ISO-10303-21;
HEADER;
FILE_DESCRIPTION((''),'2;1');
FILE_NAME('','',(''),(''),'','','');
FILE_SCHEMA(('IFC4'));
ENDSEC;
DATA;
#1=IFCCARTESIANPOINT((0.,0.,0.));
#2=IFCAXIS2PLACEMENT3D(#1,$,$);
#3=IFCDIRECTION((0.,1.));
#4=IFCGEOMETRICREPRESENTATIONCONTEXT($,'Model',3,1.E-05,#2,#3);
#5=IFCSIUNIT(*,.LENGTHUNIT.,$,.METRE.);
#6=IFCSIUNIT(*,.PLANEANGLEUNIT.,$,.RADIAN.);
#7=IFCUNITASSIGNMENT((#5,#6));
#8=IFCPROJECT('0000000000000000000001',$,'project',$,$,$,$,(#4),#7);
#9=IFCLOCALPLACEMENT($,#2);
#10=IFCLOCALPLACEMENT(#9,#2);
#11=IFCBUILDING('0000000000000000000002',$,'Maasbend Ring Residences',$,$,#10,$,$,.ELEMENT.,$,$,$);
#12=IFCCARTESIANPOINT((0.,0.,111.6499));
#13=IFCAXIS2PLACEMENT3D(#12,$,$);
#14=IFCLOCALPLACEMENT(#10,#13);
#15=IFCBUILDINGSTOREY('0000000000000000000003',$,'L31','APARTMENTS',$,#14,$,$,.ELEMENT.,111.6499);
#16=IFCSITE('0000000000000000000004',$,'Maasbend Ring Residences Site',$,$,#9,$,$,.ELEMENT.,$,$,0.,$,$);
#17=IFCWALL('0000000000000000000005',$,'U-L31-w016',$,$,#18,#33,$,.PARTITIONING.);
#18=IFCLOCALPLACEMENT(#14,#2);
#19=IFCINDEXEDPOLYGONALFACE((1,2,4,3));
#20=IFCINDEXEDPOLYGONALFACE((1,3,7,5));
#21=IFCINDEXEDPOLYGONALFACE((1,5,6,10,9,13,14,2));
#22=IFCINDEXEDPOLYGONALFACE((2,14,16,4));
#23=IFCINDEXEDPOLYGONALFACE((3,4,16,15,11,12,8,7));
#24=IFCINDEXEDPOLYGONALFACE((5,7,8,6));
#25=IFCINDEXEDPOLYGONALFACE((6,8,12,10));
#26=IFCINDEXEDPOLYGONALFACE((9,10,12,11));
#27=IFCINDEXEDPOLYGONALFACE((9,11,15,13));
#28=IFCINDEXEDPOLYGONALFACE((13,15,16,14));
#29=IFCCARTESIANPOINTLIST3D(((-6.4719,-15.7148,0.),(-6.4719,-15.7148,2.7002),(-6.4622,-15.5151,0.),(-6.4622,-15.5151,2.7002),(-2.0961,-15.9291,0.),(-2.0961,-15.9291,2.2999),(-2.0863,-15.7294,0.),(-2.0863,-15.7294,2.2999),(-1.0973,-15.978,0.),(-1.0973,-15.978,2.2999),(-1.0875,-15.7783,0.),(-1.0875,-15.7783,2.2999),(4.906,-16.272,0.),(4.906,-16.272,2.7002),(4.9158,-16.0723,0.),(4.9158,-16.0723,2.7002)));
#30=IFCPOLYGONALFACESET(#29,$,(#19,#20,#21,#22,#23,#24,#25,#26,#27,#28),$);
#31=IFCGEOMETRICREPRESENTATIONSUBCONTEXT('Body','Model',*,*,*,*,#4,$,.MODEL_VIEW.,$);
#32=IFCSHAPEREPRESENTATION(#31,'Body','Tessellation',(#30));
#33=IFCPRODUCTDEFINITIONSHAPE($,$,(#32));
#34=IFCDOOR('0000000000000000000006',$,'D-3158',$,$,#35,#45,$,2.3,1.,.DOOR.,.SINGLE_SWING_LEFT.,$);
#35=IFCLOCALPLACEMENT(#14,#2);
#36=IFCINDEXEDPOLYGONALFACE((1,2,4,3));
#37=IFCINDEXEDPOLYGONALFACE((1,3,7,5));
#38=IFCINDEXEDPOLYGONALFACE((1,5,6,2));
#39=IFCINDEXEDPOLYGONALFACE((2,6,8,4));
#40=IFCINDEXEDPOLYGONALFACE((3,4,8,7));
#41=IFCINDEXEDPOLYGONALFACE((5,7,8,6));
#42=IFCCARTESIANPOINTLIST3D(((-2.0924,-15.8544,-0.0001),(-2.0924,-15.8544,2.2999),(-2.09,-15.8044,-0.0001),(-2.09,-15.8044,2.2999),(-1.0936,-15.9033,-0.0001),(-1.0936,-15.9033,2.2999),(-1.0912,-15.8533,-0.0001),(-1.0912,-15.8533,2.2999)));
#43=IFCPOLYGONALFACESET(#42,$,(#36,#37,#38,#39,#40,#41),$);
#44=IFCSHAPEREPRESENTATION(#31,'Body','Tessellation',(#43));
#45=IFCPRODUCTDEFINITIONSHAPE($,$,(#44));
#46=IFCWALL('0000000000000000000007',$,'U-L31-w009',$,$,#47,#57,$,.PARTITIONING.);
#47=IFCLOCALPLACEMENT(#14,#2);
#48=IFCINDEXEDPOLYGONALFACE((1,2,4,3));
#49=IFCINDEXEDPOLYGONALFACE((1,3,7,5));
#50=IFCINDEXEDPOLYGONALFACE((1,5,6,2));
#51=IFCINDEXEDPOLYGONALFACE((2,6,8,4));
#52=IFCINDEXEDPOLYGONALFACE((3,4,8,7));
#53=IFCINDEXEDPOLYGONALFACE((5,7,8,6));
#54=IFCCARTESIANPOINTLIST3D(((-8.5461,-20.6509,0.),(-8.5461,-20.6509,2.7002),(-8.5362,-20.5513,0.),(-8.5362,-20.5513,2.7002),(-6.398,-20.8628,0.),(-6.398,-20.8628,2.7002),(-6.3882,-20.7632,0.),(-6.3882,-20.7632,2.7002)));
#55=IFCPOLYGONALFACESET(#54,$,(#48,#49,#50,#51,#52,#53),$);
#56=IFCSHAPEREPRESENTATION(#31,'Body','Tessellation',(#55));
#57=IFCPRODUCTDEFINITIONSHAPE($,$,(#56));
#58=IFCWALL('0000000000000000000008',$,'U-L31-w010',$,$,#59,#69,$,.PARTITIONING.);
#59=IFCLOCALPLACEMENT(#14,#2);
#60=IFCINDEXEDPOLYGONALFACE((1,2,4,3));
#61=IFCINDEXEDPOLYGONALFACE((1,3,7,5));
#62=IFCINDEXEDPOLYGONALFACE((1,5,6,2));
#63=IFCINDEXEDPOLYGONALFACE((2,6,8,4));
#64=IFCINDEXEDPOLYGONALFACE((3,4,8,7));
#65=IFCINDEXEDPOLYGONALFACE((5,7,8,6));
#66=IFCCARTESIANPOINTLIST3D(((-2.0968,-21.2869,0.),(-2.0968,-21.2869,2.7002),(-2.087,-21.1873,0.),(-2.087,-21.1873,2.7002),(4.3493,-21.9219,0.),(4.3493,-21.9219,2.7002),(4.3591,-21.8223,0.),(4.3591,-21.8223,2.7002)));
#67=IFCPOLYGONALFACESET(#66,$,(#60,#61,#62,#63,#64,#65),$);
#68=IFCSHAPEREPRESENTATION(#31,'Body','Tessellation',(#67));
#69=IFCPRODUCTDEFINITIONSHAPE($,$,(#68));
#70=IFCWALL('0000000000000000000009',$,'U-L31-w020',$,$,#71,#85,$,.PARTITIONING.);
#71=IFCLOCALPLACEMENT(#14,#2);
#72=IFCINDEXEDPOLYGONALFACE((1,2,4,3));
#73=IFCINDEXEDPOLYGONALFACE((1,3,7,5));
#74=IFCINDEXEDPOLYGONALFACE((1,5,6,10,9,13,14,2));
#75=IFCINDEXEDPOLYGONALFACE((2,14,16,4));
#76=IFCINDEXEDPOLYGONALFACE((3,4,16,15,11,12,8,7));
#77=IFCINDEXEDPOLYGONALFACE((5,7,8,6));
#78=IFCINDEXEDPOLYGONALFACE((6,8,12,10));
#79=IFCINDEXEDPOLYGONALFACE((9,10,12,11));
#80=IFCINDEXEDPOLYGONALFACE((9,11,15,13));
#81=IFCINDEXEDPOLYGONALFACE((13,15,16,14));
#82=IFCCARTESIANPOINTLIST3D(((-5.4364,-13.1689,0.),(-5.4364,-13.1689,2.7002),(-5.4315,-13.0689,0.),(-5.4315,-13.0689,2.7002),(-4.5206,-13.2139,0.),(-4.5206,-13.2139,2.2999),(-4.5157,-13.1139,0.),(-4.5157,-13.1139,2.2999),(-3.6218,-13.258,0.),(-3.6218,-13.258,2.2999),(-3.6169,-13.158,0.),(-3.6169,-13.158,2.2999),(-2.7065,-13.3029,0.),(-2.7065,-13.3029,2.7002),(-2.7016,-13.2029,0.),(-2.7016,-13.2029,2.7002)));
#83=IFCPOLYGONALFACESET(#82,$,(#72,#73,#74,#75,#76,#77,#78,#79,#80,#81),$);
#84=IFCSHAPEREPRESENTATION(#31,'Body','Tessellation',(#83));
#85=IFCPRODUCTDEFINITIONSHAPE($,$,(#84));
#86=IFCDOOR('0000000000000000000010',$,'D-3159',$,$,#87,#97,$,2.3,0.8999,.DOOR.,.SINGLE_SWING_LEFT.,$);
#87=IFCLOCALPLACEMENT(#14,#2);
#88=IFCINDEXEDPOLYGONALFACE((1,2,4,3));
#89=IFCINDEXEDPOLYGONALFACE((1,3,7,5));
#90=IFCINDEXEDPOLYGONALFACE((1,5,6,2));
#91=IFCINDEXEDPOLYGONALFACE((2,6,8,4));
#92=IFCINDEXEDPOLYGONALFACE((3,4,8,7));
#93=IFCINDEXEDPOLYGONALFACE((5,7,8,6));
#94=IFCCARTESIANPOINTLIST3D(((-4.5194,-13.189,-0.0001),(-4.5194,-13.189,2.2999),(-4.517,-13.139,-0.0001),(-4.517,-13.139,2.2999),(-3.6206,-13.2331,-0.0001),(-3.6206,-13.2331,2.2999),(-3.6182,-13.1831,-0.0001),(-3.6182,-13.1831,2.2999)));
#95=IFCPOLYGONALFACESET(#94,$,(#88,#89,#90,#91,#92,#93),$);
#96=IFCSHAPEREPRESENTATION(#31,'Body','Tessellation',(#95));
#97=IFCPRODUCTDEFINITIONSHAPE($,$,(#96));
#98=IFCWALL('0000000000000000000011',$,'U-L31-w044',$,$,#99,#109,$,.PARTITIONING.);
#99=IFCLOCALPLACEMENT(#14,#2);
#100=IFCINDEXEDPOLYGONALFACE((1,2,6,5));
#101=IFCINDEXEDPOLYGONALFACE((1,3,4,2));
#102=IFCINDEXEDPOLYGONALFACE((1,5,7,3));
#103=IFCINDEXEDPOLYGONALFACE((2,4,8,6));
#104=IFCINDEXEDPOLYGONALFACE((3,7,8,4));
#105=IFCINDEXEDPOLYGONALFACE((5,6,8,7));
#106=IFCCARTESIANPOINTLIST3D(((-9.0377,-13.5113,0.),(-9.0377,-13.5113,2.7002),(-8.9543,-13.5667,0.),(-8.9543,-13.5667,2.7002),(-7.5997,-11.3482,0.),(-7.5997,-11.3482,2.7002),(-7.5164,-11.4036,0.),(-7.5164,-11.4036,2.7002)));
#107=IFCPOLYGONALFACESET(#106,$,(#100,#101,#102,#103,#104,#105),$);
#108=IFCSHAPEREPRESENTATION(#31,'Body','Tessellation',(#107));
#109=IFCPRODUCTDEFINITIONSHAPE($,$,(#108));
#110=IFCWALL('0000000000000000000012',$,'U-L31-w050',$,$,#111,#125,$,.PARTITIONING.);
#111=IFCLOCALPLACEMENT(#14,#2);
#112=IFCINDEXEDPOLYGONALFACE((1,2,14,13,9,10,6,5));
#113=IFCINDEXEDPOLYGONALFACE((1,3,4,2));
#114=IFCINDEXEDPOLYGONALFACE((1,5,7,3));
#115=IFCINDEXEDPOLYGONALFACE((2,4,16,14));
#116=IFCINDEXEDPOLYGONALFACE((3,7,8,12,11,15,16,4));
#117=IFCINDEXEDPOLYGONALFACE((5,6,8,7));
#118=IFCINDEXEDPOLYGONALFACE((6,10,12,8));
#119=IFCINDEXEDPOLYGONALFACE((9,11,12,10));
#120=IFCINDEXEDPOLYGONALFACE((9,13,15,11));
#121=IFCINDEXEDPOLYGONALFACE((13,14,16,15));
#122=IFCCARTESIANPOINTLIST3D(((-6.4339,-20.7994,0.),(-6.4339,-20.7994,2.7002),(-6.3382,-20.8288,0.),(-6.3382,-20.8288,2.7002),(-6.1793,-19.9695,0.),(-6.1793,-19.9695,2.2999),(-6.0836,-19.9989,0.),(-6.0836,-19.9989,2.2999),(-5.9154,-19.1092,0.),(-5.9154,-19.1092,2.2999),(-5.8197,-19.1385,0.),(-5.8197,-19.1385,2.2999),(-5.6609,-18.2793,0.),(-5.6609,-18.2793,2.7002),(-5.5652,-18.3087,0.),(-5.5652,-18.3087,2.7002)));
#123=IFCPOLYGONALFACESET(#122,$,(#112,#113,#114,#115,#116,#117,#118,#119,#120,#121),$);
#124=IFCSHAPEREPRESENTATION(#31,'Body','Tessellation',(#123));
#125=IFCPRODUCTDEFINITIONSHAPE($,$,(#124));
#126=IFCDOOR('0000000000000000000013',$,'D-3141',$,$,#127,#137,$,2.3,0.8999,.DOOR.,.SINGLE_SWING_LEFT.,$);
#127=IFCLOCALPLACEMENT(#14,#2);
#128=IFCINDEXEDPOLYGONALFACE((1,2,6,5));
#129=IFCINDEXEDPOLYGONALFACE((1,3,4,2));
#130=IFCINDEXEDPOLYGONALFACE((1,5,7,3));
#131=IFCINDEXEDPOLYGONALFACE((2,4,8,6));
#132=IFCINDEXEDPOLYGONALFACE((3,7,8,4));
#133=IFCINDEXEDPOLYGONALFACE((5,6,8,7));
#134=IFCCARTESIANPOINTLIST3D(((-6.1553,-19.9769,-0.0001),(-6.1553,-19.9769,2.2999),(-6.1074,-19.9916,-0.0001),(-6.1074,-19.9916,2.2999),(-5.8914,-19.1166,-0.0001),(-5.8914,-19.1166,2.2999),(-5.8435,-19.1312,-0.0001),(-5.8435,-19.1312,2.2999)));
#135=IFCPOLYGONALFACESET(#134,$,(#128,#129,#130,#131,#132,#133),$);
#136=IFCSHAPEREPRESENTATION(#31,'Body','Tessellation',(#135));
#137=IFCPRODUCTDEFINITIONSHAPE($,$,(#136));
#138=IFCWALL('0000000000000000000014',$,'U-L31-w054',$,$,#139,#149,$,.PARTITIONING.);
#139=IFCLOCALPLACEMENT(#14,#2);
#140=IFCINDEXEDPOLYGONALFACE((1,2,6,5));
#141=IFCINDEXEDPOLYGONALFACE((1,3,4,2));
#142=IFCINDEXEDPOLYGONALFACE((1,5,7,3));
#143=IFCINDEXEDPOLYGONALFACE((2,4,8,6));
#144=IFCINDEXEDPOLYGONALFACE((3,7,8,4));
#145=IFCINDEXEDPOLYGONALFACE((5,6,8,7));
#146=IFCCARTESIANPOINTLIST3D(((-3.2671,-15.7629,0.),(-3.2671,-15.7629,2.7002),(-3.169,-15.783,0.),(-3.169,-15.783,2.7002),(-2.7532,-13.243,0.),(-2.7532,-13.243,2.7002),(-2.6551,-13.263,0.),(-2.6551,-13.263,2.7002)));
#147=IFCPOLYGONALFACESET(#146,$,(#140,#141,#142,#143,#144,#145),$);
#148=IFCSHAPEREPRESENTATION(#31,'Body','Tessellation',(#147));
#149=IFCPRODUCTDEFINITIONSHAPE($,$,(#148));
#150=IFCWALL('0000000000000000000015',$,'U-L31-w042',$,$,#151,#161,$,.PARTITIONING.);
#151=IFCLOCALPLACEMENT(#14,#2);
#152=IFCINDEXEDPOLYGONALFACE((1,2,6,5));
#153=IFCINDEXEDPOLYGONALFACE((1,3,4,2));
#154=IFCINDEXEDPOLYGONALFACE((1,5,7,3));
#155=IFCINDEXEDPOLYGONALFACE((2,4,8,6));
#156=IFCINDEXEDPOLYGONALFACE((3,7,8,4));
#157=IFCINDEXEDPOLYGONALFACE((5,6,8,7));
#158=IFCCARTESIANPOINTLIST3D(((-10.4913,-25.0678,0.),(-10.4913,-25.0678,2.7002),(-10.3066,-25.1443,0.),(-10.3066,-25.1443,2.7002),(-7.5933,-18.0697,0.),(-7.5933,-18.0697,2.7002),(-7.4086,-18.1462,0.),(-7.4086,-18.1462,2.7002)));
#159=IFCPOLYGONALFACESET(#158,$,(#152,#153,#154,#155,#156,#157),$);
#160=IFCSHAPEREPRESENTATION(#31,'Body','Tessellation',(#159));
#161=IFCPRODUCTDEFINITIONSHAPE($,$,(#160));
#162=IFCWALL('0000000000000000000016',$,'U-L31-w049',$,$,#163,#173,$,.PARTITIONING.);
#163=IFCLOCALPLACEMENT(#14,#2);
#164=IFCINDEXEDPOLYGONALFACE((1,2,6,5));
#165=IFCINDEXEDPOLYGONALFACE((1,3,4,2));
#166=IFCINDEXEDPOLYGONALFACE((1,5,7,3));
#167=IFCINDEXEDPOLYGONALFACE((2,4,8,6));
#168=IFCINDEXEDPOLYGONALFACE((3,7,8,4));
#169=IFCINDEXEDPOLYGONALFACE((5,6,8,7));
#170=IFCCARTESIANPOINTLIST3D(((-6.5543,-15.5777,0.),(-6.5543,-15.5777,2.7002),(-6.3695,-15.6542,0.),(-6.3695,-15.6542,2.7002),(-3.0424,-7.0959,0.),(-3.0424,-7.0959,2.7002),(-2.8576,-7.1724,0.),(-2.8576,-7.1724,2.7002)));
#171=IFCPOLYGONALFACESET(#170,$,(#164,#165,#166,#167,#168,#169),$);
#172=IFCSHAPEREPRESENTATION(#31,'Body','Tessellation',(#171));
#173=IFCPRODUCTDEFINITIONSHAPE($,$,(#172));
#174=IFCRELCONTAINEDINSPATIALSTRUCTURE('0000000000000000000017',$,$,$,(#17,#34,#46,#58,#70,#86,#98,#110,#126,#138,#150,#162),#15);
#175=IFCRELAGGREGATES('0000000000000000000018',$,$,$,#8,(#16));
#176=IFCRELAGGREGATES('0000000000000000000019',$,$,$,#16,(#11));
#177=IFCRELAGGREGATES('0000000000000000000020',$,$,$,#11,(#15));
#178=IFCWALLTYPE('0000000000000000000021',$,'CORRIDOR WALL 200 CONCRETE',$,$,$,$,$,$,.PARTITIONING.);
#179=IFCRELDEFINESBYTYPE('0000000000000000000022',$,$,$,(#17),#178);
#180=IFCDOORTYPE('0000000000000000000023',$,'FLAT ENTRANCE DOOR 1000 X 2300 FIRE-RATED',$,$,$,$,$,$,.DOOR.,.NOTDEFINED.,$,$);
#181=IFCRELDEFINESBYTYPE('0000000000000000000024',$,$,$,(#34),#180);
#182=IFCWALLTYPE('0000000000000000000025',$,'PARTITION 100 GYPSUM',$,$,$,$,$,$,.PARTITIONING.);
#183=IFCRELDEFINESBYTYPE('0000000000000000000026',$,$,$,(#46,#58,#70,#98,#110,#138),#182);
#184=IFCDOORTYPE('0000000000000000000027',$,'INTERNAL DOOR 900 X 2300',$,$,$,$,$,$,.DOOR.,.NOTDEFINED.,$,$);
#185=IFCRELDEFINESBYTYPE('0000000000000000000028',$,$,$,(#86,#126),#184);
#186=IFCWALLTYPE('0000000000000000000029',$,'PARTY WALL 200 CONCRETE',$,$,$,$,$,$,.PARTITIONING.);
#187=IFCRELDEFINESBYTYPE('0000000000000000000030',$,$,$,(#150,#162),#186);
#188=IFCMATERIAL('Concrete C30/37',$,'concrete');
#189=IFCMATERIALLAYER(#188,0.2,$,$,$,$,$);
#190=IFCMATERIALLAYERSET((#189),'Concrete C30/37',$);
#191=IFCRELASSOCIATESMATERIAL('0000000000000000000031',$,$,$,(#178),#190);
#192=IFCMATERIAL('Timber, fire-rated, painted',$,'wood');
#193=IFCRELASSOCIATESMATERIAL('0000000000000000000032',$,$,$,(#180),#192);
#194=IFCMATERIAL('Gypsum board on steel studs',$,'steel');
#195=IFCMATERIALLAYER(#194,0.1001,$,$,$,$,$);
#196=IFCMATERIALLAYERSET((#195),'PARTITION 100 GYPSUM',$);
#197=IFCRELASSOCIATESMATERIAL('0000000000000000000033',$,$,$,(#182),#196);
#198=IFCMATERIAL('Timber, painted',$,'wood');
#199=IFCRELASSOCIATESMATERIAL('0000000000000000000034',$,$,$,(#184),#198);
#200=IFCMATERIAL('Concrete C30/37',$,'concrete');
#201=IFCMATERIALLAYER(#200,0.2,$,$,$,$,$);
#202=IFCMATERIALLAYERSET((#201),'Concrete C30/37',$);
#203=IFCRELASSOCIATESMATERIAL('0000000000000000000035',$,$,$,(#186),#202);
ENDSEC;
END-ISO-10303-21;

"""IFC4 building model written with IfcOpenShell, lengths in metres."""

from ifc_helpers import new_model, si_unit, direction, frame, frame_2d, origin, place, context, subcontext, project, spatial, rectangle, extrude, material, layer, layer_set, type_object, element, fill, save


model = new_model("IFC4")

# Units and contexts
model_context = context("Model", 3, precision=1e-05, world=origin(), true_north=direction((0.0, 1.0)))
body_context = subcontext(model_context, "Body", "Model", "MODEL_VIEW")
ifc_project = project(units=[si_unit("LENGTHUNIT", "METRE"), si_unit("PLANEANGLEUNIT", "RADIAN")], contexts=[model_context])

# Site, building, storey
site_placement = place(None, origin())
site = spatial("IfcSite", under=ifc_project, at=site_placement, Name="Maasbend Ring Residences Site", CompositionType="ELEMENT", RefElevation=0.0)
building_placement = place(site_placement, origin())
building = spatial("IfcBuilding", under=site, at=building_placement, Name="Maasbend Ring Residences", CompositionType="ELEMENT")
storey_placement = place(building_placement, frame((0.0, 0.0, 111.6499)))
storey = spatial("IfcBuildingStorey", under=building, at=storey_placement, Name="L31", Description="APARTMENTS", CompositionType="ELEMENT", Elevation=111.6499)

# Wall, opening, door
ifc_material_1 = material(Name="Concrete C30/37", Category="concrete")
ifc_layer_1 = layer(ifc_material_1, 0.2)
ifc_layer_set_1 = layer_set([ifc_layer_1], Name="Concrete C30/37")
wall_type_1 = type_object("IfcWallType", Name="CORRIDOR WALL 200 CONCRETE", PredefinedType="PARTITIONING", material=ifc_layer_set_1)
ifc_material_2 = material(Name="Timber, fire-rated, painted", Category="wood")
door_type_1 = type_object("IfcDoorType", Name="FLAT ENTRANCE DOOR 1000 X 2300 FIRE-RATED", OperationType="NOTDEFINED", PredefinedType="DOOR", material=ifc_material_2)
wall_1_placement = place(storey_placement, frame((-6.467, -15.615, 0.0), z_axis=(0.0, 0.0, 1.0), x_axis=(0.998803, -0.048907, 0.0)))
wall_1 = element("IfcWall", 1, at=wall_1_placement, inside=storey, type_object=wall_type_1, Name="U-L31-w016", PredefinedType="PARTITIONING", context=body_context, shape_type="SweptSolid", body=[
    extrude(rectangle(XDim=11.3916, YDim=0.2, at=frame_2d((5.6958, 0.0))), origin(), (0.0, 0.0, 1.0), 2.7002),
])
opening_1_placement = place(wall_1_placement, frame((4.3811, 0.0, 0.0)))
opening_1 = element("IfcOpeningElement", 2, at=opening_1_placement, cuts=wall_1, PredefinedType="OPENING", context=body_context, shape_type="SweptSolid", body=[
    extrude(rectangle(XDim=1.0, YDim=2.3, at=frame_2d((0.5, 1.1499))), frame((0.0, 0.1099, 0.0), z_axis=(0.0, -1.0, 0.0), x_axis=(1.0, 0.0, 0.0)), (0.0, 0.0, 1.0), 0.22),
])
door_1_placement = place(opening_1_placement, origin())
door_1 = element("IfcDoor", 3, at=door_1_placement, inside=storey, type_object=door_type_1, Name="D-3158", OperationType="SINGLE_SWING_LEFT", OverallHeight=2.3, OverallWidth=1.0, PredefinedType="DOOR", context=body_context, shape_type="SweptSolid", body=[
    extrude(rectangle(XDim=1.0, YDim=2.3, at=frame_2d((0.5, 1.1499))), frame((0.0, 0.0249, 0.0), z_axis=(0.0, -1.0, 0.0), x_axis=(1.0, 0.0, 0.0)), (0.0, 0.0, 1.0), 0.05),
])
fill(opening_1, door_1)

# Walls
ifc_material_3 = material(Name="Gypsum board on steel studs", Category="steel")
ifc_layer_2 = layer(ifc_material_3, 0.1001)
ifc_layer_set_2 = layer_set([ifc_layer_2], Name="PARTITION 100 GYPSUM")
wall_type_2 = type_object("IfcWallType", Name="PARTITION 100 GYPSUM", PredefinedType="PARTITIONING", material=ifc_layer_set_2)
wall_2_placement = place(storey_placement, frame((-8.541, -20.6011, 0.0), z_axis=(0.0, 0.0, 1.0), x_axis=(0.995168, -0.098182, 0.0)))
element("IfcWall", 4, at=wall_2_placement, inside=storey, type_object=wall_type_2, Name="U-L31-w009", PredefinedType="PARTITIONING", context=body_context, shape_type="SweptSolid", body=[
    extrude(rectangle(XDim=2.1584, YDim=0.1001, at=frame_2d((1.0791, 0.0))), origin(), (0.0, 0.0, 1.0), 2.7002),
])
wall_3_placement = place(storey_placement, frame((-2.092, -21.2371, 0.0), z_axis=(0.0, 0.0, 1.0), x_axis=(0.995183, -0.098037, 0.0)))
element("IfcWall", 5, at=wall_3_placement, inside=storey, type_object=wall_type_2, Name="U-L31-w010", PredefinedType="PARTITIONING", context=body_context, shape_type="SweptSolid", body=[
    extrude(rectangle(XDim=6.4773, YDim=0.1001, at=frame_2d((3.2388, 0.0))), origin(), (0.0, 0.0, 1.0), 2.7002),
])

# Wall, opening, door
wall_4_placement = place(storey_placement, frame((-5.4341, -13.1189, 0.0), z_axis=(0.0, 0.0, 1.0), x_axis=(0.998797, -0.049038, 0.0)))
wall_4 = element("IfcWall", 6, at=wall_4_placement, inside=storey, type_object=wall_type_2, Name="U-L31-w020", PredefinedType="PARTITIONING", context=body_context, shape_type="SweptSolid", body=[
    extrude(rectangle(XDim=2.7332, YDim=0.1001, at=frame_2d((1.3667, 0.0))), origin(), (0.0, 0.0, 1.0), 2.7002),
])
opening_2_placement = place(wall_4_placement, frame((0.917, 0.0, 0.0)))
opening_2 = element("IfcOpeningElement", 7, at=opening_2_placement, cuts=wall_4, PredefinedType="OPENING", context=body_context, shape_type="SweptSolid", body=[
    extrude(rectangle(XDim=0.8999, YDim=2.3, at=frame_2d((0.45, 1.1499))), frame((0.0, 0.0601, 0.0), z_axis=(0.0, -1.0, 0.0), x_axis=(1.0, 0.0, 0.0)), (0.0, 0.0, 1.0), 0.1201),
])
ifc_material_4 = material(Name="Timber, painted", Category="wood")
door_type_2 = type_object("IfcDoorType", Name="INTERNAL DOOR 900 X 2300", OperationType="NOTDEFINED", PredefinedType="DOOR", material=ifc_material_4)
door_2_placement = place(opening_2_placement, origin())
door_2 = element("IfcDoor", 8, at=door_2_placement, inside=storey, type_object=door_type_2, Name="D-3159", OperationType="SINGLE_SWING_LEFT", OverallHeight=2.3, OverallWidth=0.8999, PredefinedType="DOOR", context=body_context, shape_type="SweptSolid", body=[
    extrude(rectangle(XDim=0.8999, YDim=2.3, at=frame_2d((0.45, 1.1499))), frame((0.0, 0.0249, 0.0), z_axis=(0.0, -1.0, 0.0), x_axis=(1.0, 0.0, 0.0)), (0.0, 0.0, 1.0), 0.05),
])
fill(opening_2, door_2)

# Wall
wall_5_placement = place(storey_placement, frame((-8.9961, -13.5391, 0.0), z_axis=(0.0, 0.0, 1.0), x_axis=(0.553615, 0.832773, 0.0)))
element("IfcWall", 9, at=wall_5_placement, inside=storey, type_object=wall_type_2, Name="U-L31-w044", PredefinedType="PARTITIONING", context=body_context, shape_type="SweptSolid", body=[
    extrude(rectangle(XDim=2.5974, YDim=0.1001, at=frame_2d((1.2988, 0.0))), origin(), (0.0, 0.0, 1.0), 2.7002),
])

# Wall, opening, door
wall_6_placement = place(storey_placement, frame((-6.386, -20.814, 0.0), z_axis=(0.0, 0.0, 1.0), x_axis=(0.29324, 0.956039, 0.0)))
wall_6 = element("IfcWall", 10, at=wall_6_placement, inside=storey, type_object=wall_type_2, Name="U-L31-w050", PredefinedType="PARTITIONING", context=body_context, shape_type="SweptSolid", body=[
    extrude(rectangle(XDim=2.636, YDim=0.1001, at=frame_2d((1.3179, 0.0))), origin(), (0.0, 0.0, 1.0), 2.7002),
])
opening_3_placement = place(wall_6_placement, frame((0.8679, 0.0, 0.0)))
opening_3 = element("IfcOpeningElement", 11, at=opening_3_placement, cuts=wall_6, PredefinedType="OPENING", context=body_context, shape_type="SweptSolid", body=[
    extrude(rectangle(XDim=0.8999, YDim=2.3, at=frame_2d((0.45, 1.1499))), frame((0.0, 0.0601, 0.0), z_axis=(0.0, -1.0, 0.0), x_axis=(1.0, 0.0, 0.0)), (0.0, 0.0, 1.0), 0.1201),
])
door_3_placement = place(opening_3_placement, origin())
door_3 = element("IfcDoor", 12, at=door_3_placement, inside=storey, type_object=door_type_2, Name="D-3141", OperationType="SINGLE_SWING_LEFT", OverallHeight=2.3, OverallWidth=0.8999, PredefinedType="DOOR", context=body_context, shape_type="SweptSolid", body=[
    extrude(rectangle(XDim=0.8999, YDim=2.3, at=frame_2d((0.45, 1.1499))), frame((0.0, 0.0249, 0.0), z_axis=(0.0, -1.0, 0.0), x_axis=(1.0, 0.0, 0.0)), (0.0, 0.0, 1.0), 0.05),
])
fill(opening_3, door_3)

# Walls
wall_7_placement = place(storey_placement, frame((-3.218, -15.7729, 0.0), z_axis=(0.0, 0.0, 1.0), x_axis=(0.199821, 0.979833, 0.0)))
element("IfcWall", 13, at=wall_7_placement, inside=storey, type_object=wall_type_2, Name="U-L31-w054", PredefinedType="PARTITIONING", context=body_context, shape_type="SweptSolid", body=[
    extrude(rectangle(XDim=2.5718, YDim=0.1001, at=frame_2d((1.2859, 0.0))), origin(), (0.0, 0.0, 1.0), 2.7002),
])
ifc_material_5 = material(Name="Concrete C30/37", Category="concrete")
ifc_layer_3 = layer(ifc_material_5, 0.2)
ifc_layer_set_3 = layer_set([ifc_layer_3], Name="Concrete C30/37")
wall_type_3 = type_object("IfcWallType", Name="PARTY WALL 200 CONCRETE", PredefinedType="PARTITIONING", material=ifc_layer_set_3)
wall_8_placement = place(storey_placement, frame((-10.3989, -25.106, 0.0), z_axis=(0.0, 0.0, 1.0), x_axis=(0.3826, 0.923914, 0.0)))
element("IfcWall", 14, at=wall_8_placement, inside=storey, type_object=wall_type_3, Name="U-L31-w042", PredefinedType="PARTITIONING", context=body_context, shape_type="SweptSolid", body=[
    extrude(rectangle(XDim=7.5745, YDim=0.2, at=frame_2d((3.7871, 0.0))), origin(), (0.0, 0.0, 1.0), 2.7002),
])
wall_9_placement = place(storey_placement, frame((-6.4619, -15.616, 0.0), z_axis=(0.0, 0.0, 1.0), x_axis=(0.382556, 0.923932, 0.0)))
element("IfcWall", 15, at=wall_9_placement, inside=storey, type_object=wall_type_3, Name="U-L31-w049", PredefinedType="PARTITIONING", context=body_context, shape_type="SweptSolid", body=[
    extrude(rectangle(XDim=9.1802, YDim=0.2, at=frame_2d((4.5901, 0.0))), origin(), (0.0, 0.0, 1.0), 2.7002),
])

save(model, "model.ifc")
